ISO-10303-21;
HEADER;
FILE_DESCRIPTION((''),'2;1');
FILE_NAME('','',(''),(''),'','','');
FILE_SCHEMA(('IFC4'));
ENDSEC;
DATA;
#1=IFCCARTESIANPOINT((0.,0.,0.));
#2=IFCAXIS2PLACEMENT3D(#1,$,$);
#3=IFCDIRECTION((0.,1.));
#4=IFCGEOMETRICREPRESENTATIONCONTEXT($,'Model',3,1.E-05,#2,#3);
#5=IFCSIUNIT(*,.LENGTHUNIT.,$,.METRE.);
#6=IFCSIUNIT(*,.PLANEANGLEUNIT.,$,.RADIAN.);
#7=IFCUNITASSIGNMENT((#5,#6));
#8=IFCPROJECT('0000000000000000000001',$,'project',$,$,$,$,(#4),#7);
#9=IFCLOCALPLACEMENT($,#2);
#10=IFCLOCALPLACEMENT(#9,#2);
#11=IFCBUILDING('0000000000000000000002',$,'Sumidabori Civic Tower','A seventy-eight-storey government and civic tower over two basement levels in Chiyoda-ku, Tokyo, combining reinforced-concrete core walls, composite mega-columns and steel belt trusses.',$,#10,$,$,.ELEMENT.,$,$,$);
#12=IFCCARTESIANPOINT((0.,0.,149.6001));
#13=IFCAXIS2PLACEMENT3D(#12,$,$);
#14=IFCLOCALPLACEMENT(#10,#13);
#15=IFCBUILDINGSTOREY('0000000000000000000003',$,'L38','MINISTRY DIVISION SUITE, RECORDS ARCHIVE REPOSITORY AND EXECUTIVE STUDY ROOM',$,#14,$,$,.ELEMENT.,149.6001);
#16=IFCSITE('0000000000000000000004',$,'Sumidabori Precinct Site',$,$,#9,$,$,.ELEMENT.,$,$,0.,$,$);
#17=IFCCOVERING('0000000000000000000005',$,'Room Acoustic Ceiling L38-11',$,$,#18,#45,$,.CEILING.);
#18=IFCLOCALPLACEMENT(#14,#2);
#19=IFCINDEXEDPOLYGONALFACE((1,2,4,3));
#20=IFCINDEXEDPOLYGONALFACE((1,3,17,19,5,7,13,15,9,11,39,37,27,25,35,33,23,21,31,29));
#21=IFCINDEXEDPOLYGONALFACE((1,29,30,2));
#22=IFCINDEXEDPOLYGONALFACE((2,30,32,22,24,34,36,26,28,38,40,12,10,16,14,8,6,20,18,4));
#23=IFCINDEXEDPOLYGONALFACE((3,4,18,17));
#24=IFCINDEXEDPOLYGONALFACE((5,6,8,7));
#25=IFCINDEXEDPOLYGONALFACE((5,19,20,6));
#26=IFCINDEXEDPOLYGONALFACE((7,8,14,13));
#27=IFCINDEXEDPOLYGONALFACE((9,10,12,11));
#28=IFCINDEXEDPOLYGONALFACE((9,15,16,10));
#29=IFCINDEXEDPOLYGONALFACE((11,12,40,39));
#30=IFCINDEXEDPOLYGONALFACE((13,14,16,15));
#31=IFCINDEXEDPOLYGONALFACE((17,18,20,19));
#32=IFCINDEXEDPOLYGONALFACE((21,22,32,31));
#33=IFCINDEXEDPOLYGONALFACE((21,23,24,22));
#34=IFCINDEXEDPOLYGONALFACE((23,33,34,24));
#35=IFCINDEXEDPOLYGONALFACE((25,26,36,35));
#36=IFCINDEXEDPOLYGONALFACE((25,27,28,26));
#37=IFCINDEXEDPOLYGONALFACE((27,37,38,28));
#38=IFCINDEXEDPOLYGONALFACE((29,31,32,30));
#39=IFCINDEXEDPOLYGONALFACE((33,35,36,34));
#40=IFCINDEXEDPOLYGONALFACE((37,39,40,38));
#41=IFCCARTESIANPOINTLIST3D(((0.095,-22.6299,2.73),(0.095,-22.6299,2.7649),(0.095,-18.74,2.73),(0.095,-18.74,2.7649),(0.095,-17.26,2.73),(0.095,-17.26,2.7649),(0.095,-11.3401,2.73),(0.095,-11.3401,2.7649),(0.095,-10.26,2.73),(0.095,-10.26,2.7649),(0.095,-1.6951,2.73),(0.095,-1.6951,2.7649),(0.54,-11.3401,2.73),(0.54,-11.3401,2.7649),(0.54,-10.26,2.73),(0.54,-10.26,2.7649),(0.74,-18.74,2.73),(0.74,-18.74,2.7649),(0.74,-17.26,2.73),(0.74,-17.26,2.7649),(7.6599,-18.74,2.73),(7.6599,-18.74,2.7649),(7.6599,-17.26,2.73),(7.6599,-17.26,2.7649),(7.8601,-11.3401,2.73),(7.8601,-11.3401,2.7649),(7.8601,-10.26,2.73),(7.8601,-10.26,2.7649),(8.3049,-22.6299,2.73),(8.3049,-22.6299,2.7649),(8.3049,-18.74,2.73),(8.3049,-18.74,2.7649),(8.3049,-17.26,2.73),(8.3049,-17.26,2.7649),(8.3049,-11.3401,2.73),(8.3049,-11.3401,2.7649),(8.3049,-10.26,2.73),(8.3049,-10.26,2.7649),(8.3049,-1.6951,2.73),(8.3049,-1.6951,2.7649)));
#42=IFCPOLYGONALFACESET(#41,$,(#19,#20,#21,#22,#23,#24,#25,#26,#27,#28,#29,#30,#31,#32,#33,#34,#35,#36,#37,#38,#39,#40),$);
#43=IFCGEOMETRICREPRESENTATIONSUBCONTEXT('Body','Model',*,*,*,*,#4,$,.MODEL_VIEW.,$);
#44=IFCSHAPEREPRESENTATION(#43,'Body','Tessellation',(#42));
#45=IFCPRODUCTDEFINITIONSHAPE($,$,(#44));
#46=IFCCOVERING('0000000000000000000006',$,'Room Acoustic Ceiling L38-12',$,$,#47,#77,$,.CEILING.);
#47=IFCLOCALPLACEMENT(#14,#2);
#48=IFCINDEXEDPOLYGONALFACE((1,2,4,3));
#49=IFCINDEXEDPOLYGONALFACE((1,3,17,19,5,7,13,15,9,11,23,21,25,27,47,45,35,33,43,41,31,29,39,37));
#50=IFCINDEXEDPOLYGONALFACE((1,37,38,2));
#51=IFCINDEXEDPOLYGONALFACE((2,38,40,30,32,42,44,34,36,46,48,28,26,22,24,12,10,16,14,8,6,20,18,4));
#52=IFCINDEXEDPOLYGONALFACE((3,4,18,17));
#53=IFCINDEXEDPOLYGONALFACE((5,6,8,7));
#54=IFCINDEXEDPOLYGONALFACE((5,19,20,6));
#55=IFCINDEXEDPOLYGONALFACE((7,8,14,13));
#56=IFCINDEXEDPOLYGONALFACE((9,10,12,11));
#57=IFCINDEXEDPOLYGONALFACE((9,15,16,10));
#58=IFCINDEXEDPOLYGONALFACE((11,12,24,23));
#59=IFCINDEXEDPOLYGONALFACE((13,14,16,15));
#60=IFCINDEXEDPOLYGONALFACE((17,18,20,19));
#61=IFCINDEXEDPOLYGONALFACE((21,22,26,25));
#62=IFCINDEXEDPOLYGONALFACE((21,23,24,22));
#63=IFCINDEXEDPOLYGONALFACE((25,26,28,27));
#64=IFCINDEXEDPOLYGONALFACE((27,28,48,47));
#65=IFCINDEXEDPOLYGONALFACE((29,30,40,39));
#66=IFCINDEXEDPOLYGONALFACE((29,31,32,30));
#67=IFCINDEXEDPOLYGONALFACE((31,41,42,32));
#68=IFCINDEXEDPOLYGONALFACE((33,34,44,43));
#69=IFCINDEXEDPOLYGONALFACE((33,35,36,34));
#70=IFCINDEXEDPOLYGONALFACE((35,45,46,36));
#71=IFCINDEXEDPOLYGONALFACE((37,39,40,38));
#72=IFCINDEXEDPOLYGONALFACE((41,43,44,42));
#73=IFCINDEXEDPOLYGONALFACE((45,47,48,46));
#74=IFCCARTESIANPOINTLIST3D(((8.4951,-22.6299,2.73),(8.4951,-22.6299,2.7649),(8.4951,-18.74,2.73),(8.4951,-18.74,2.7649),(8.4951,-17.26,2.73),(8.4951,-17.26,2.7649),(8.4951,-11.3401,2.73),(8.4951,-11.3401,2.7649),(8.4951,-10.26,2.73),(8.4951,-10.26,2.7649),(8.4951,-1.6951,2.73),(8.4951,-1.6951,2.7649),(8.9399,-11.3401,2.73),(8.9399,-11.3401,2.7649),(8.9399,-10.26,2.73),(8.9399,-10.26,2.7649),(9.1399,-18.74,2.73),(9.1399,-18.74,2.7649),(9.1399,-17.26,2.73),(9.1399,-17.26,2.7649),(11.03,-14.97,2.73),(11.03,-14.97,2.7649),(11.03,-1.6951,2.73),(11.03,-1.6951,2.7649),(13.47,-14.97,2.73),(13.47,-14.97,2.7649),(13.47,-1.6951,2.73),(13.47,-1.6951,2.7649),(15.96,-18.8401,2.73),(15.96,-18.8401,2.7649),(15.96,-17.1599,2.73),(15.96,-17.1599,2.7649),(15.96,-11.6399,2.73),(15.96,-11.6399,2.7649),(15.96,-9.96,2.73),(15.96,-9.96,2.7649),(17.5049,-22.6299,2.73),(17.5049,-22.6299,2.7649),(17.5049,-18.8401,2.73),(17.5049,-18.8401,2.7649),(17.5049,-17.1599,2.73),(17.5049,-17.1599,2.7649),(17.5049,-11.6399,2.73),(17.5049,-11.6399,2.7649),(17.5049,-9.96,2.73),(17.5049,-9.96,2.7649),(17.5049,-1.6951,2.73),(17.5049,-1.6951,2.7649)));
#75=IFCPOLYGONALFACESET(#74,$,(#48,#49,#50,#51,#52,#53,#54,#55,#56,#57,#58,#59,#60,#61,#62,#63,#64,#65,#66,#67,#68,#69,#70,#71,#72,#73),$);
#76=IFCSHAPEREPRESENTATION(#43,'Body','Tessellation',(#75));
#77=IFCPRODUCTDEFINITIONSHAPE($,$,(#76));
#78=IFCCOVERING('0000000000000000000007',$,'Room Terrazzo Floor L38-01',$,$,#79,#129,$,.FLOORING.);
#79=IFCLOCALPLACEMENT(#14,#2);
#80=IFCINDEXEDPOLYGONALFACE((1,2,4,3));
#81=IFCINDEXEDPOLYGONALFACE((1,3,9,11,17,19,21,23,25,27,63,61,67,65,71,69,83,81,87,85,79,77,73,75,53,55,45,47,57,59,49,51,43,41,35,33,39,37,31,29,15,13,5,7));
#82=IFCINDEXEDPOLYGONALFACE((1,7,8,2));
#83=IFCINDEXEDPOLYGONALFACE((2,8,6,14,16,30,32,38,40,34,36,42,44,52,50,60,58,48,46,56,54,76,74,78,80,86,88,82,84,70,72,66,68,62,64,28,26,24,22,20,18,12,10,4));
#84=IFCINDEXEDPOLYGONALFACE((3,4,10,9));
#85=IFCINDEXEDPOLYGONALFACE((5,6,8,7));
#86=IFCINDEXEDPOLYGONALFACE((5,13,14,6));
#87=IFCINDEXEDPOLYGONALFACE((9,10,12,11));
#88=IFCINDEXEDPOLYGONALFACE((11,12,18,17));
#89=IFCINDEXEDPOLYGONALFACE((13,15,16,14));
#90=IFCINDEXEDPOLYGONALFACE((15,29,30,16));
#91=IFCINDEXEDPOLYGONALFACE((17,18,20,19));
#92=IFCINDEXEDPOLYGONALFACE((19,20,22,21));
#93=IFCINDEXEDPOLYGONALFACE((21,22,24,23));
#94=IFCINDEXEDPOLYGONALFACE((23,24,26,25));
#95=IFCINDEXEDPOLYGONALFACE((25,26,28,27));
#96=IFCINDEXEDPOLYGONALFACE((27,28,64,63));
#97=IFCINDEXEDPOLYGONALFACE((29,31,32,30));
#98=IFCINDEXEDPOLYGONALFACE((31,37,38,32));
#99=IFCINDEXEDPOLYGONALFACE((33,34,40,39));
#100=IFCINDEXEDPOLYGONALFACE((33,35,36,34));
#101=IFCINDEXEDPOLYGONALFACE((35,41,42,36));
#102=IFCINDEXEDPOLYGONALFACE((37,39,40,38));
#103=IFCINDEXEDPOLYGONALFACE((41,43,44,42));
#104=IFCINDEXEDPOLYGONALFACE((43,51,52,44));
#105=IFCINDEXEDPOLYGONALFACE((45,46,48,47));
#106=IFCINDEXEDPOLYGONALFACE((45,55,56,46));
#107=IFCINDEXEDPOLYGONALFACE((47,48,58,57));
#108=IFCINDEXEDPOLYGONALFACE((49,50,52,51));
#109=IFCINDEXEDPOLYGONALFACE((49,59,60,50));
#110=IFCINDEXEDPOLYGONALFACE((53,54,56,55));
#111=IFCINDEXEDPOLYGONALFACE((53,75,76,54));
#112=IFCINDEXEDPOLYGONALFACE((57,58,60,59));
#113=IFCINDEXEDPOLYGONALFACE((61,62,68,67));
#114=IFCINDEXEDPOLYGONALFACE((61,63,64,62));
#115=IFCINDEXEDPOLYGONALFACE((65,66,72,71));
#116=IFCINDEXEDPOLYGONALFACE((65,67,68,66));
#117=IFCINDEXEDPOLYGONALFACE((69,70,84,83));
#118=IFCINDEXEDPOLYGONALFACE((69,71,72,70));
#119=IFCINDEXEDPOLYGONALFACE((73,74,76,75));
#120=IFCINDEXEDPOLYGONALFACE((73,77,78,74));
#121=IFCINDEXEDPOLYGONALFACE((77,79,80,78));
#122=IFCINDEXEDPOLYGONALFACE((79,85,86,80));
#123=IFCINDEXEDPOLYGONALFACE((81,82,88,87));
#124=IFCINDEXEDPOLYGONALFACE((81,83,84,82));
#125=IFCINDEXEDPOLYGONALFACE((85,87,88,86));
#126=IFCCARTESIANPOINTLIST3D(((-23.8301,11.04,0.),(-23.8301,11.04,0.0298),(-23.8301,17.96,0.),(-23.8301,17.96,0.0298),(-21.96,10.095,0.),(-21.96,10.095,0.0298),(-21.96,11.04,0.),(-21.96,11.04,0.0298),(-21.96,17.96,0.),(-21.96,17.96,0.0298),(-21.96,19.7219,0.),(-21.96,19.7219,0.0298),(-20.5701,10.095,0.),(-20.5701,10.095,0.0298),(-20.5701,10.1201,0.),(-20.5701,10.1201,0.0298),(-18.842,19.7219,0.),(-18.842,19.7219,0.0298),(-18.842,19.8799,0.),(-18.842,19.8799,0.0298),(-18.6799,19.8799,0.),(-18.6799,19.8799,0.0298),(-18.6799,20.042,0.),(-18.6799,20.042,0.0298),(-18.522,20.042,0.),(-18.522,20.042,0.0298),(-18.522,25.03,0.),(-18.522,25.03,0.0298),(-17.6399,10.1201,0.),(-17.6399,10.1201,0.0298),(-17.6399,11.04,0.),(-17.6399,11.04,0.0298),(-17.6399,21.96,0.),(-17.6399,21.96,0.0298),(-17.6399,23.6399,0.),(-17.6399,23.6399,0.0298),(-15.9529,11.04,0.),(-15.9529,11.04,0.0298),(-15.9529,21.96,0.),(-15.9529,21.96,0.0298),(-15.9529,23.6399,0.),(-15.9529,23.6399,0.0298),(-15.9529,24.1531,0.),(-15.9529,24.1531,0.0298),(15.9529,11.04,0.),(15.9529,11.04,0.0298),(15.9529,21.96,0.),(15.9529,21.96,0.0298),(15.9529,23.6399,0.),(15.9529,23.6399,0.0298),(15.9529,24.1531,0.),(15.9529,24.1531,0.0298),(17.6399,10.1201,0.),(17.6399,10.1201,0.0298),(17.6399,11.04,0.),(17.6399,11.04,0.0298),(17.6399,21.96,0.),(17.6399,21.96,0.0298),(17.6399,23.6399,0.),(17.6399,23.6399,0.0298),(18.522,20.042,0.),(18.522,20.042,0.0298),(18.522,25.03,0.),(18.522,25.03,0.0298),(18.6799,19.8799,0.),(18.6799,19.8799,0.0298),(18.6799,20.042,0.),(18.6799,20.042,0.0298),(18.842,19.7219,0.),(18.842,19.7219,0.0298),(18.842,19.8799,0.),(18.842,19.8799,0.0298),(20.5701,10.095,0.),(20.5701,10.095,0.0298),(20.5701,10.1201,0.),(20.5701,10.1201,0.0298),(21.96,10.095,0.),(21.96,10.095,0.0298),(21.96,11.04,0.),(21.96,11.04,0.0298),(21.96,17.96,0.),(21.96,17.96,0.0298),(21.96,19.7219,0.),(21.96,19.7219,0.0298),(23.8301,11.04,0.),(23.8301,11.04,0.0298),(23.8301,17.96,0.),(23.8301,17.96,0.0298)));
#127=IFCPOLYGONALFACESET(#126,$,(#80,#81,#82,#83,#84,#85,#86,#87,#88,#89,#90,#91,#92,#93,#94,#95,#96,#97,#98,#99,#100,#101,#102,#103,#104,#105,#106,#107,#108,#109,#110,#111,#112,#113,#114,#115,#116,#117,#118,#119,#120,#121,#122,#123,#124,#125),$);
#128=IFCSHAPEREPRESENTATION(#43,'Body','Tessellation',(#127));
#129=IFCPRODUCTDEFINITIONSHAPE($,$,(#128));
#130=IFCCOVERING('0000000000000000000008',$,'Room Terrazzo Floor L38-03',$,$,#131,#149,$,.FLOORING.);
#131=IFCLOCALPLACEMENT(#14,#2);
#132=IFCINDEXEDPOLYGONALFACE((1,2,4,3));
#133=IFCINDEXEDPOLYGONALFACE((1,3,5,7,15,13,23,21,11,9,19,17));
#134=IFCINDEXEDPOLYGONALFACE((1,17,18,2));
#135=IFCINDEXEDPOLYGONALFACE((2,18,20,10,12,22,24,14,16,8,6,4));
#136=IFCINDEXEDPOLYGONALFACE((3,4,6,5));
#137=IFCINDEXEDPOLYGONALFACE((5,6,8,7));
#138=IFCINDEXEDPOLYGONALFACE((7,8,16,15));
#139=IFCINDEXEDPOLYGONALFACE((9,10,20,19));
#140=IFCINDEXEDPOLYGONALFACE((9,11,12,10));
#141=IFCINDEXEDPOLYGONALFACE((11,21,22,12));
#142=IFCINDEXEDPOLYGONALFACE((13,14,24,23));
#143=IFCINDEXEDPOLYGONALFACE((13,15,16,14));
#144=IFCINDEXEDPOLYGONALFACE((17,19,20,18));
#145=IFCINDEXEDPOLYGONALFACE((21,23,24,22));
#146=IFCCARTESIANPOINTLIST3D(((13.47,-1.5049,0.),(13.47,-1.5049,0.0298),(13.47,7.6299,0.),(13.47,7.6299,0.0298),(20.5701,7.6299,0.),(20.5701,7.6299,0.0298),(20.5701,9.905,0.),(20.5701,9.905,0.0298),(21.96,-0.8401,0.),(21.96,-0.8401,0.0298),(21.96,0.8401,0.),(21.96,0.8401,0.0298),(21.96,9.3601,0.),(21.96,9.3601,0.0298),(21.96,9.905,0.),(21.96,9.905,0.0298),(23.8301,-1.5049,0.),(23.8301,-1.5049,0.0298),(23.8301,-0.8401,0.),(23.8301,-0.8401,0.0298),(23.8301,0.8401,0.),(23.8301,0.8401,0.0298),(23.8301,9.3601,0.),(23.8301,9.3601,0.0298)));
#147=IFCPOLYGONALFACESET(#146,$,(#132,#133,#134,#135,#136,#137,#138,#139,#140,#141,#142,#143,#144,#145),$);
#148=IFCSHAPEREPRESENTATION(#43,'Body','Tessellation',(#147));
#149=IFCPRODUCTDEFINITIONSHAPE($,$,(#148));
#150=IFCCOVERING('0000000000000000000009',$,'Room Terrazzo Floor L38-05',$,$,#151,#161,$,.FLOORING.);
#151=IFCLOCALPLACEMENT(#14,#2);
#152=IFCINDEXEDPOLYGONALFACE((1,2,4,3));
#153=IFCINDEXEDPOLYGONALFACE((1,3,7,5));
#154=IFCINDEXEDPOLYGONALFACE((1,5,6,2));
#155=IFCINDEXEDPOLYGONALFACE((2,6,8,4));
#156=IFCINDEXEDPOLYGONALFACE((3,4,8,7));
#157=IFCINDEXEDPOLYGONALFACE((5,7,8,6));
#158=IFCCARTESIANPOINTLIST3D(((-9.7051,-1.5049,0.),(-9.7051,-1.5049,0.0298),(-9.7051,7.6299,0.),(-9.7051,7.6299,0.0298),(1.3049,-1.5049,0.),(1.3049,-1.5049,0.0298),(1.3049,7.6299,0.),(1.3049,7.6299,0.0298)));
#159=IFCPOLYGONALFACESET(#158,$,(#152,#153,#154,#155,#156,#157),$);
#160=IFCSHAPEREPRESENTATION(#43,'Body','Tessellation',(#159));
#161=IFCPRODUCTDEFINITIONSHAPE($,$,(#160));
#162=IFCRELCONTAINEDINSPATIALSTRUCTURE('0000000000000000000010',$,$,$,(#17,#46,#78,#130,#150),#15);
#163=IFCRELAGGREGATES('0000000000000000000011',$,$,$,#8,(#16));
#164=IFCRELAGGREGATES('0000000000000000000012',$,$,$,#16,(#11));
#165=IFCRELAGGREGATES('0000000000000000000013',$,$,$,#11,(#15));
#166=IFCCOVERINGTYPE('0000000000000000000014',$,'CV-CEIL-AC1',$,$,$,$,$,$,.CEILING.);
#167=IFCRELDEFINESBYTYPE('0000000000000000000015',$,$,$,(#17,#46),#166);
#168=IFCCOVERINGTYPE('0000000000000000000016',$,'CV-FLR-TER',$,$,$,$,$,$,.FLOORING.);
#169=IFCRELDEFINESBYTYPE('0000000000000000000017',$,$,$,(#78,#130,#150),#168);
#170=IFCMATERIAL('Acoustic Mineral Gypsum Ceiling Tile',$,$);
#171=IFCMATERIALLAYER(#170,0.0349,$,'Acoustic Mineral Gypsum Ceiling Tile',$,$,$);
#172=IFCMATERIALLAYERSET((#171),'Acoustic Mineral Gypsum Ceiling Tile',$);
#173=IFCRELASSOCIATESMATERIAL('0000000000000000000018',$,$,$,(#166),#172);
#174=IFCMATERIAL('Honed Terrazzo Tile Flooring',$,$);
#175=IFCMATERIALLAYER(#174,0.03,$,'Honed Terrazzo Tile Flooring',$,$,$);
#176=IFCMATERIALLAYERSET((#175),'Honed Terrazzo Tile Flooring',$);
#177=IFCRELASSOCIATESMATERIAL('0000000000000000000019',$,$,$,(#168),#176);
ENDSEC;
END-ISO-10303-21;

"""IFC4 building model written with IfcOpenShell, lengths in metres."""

from ifc_helpers import new_model, si_unit, direction, frame, origin, place, context, subcontext, project, spatial, polyline, outline, extrude, material, layer, layer_set, type_object, element, save


model = new_model("IFC4")

# Units and contexts
model_context = context("Model", 3, precision=1e-05, world=origin(), true_north=direction((0.0, 1.0)))
body_context = subcontext(model_context, "Body", "Model", "MODEL_VIEW")
ifc_project = project(units=[si_unit("LENGTHUNIT", "METRE"), si_unit("PLANEANGLEUNIT", "RADIAN")], contexts=[model_context])

# Site, building, storey
site_placement = place(None, origin())
site = spatial("IfcSite", under=ifc_project, at=site_placement, Name="Sumidabori Precinct Site", CompositionType="ELEMENT", RefElevation=0.0)
building_placement = place(site_placement, origin())
building = spatial("IfcBuilding", under=site, at=building_placement, Name="Sumidabori Civic Tower", Description="A seventy-eight-storey government and civic tower over two basement levels in Chiyoda-ku, Tokyo, combining reinforced-concrete core walls, composite mega-columns and steel belt trusses.", CompositionType="ELEMENT")
storey_placement = place(building_placement, frame((0.0, 0.0, 149.6001)))
storey = spatial("IfcBuildingStorey", under=building, at=storey_placement, Name="L38", Description="MINISTRY DIVISION SUITE, RECORDS ARCHIVE REPOSITORY AND EXECUTIVE STUDY ROOM", CompositionType="ELEMENT", Elevation=149.6001)

# Coverings
ifc_material_1 = material(Name="Acoustic Mineral Gypsum Ceiling Tile")
ifc_layer_1 = layer(ifc_material_1, 0.0349, Name="Acoustic Mineral Gypsum Ceiling Tile")
ifc_layer_set_1 = layer_set([ifc_layer_1], Name="Acoustic Mineral Gypsum Ceiling Tile")
covering_type_1 = type_object("IfcCoveringType", Name="CV-CEIL-AC1", PredefinedType="CEILING", material=ifc_layer_set_1)
covering_1_placement = place(storey_placement, frame((0.0, 0.0, 2.73)))
element("IfcCovering", 1, at=covering_1_placement, inside=storey, type_object=covering_type_1, Name="Room Acoustic Ceiling L38-11", PredefinedType="CEILING", context=body_context, shape_type="SweptSolid", body=[
    extrude(outline(polyline([(0.095, -18.74), (0.74, -18.74), (0.74, -17.26), (0.095, -17.26), (0.095, -11.3401), (0.54, -11.3401), (0.54, -10.26), (0.095, -10.26), (0.095, -1.6951), (8.3049, -1.6951), (8.3049, -10.26), (7.8601, -10.26), (7.8601, -11.3401), (8.3049, -11.3401), (8.3049, -17.26), (7.6599, -17.26), (7.6599, -18.74), (8.3049, -18.74), (8.3049, -22.6299), (0.095, -22.6299), (0.095, -18.74)])), origin(), (0.0, 0.0, 1.0), 0.0349),
])
covering_2_placement = place(storey_placement, frame((0.0, 0.0, 2.73)))
element("IfcCovering", 2, at=covering_2_placement, inside=storey, type_object=covering_type_1, Name="Room Acoustic Ceiling L38-12", PredefinedType="CEILING", context=body_context, shape_type="SweptSolid", body=[
    extrude(outline(polyline([(8.4951, -18.74), (9.1399, -18.74), (9.1399, -17.26), (8.4951, -17.26), (8.4951, -11.3401), (8.9399, -11.3401), (8.9399, -10.26), (8.4951, -10.26), (8.4951, -1.6951), (11.03, -1.6951), (11.03, -14.97), (13.47, -14.97), (13.47, -1.6951), (17.5049, -1.6951), (17.5049, -9.96), (15.96, -9.96), (15.96, -11.6399), (17.5049, -11.6399), (17.5049, -17.1599), (15.96, -17.1599), (15.96, -18.8401), (17.5049, -18.8401), (17.5049, -22.6299), (8.4951, -22.6299), (8.4951, -18.74)])), origin(), (0.0, 0.0, 1.0), 0.0349),
])
ifc_material_2 = material(Name="Honed Terrazzo Tile Flooring")
ifc_layer_2 = layer(ifc_material_2, 0.03, Name="Honed Terrazzo Tile Flooring")
ifc_layer_set_2 = layer_set([ifc_layer_2], Name="Honed Terrazzo Tile Flooring")
covering_type_2 = type_object("IfcCoveringType", Name="CV-FLR-TER", PredefinedType="FLOORING", material=ifc_layer_set_2)
covering_3_placement = place(storey_placement, origin())
element("IfcCovering", 3, at=covering_3_placement, inside=storey, type_object=covering_type_2, Name="Room Terrazzo Floor L38-01", PredefinedType="FLOORING", context=body_context, shape_type="SweptSolid", body=[
    extrude(outline(polyline([(-20.5701, 10.095), (-21.96, 10.095), (-21.96, 11.04), (-23.8301, 11.04), (-23.8301, 17.96), (-21.96, 17.96), (-21.96, 19.7219), (-18.842, 19.7219), (-18.842, 19.8799), (-18.6799, 19.8799), (-18.6799, 20.042), (-18.522, 20.042), (-18.522, 25.03), (18.522, 25.03), (18.522, 20.042), (18.6799, 20.042), (18.6799, 19.8799), (18.842, 19.8799), (18.842, 19.7219), (21.96, 19.7219), (21.96, 17.96), (23.8301, 17.96), (23.8301, 11.04), (21.96, 11.04), (21.96, 10.095), (20.5701, 10.095), (20.5701, 10.1201), (17.6399, 10.1201), (17.6399, 11.04), (15.9529, 11.04), (15.9529, 21.96), (17.6399, 21.96), (17.6399, 23.6399), (15.9529, 23.6399), (15.9529, 24.1531), (-15.9529, 24.1531), (-15.9529, 23.6399), (-17.6399, 23.6399), (-17.6399, 21.96), (-15.9529, 21.96), (-15.9529, 11.04), (-17.6399, 11.04), (-17.6399, 10.1201), (-20.5701, 10.1201), (-20.5701, 10.095)])), origin(), (0.0, 0.0, 1.0), 0.0298),
])
covering_4_placement = place(storey_placement, origin())
element("IfcCovering", 4, at=covering_4_placement, inside=storey, type_object=covering_type_2, Name="Room Terrazzo Floor L38-03", PredefinedType="FLOORING", context=body_context, shape_type="SweptSolid", body=[
    extrude(outline(polyline([(13.47, 7.6299), (20.5701, 7.6299), (20.5701, 9.905), (21.96, 9.905), (21.96, 9.3601), (23.8301, 9.3601), (23.8301, 0.8401), (21.96, 0.8401), (21.96, -0.8401), (23.8301, -0.8401), (23.8301, -1.5049), (13.47, -1.5049), (13.47, 7.6299)])), origin(), (0.0, 0.0, 1.0), 0.0298),
])
covering_5_placement = place(storey_placement, origin())
element("IfcCovering", 5, at=covering_5_placement, inside=storey, type_object=covering_type_2, Name="Room Terrazzo Floor L38-05", PredefinedType="FLOORING", context=body_context, shape_type="SweptSolid", body=[
    extrude(outline(polyline([(-9.7051, 7.6299), (1.3049, 7.6299), (1.3049, -1.5049), (-9.7051, -1.5049), (-9.7051, 7.6299)])), origin(), (0.0, 0.0, 1.0), 0.0298),
])

save(model, "model.ifc")
